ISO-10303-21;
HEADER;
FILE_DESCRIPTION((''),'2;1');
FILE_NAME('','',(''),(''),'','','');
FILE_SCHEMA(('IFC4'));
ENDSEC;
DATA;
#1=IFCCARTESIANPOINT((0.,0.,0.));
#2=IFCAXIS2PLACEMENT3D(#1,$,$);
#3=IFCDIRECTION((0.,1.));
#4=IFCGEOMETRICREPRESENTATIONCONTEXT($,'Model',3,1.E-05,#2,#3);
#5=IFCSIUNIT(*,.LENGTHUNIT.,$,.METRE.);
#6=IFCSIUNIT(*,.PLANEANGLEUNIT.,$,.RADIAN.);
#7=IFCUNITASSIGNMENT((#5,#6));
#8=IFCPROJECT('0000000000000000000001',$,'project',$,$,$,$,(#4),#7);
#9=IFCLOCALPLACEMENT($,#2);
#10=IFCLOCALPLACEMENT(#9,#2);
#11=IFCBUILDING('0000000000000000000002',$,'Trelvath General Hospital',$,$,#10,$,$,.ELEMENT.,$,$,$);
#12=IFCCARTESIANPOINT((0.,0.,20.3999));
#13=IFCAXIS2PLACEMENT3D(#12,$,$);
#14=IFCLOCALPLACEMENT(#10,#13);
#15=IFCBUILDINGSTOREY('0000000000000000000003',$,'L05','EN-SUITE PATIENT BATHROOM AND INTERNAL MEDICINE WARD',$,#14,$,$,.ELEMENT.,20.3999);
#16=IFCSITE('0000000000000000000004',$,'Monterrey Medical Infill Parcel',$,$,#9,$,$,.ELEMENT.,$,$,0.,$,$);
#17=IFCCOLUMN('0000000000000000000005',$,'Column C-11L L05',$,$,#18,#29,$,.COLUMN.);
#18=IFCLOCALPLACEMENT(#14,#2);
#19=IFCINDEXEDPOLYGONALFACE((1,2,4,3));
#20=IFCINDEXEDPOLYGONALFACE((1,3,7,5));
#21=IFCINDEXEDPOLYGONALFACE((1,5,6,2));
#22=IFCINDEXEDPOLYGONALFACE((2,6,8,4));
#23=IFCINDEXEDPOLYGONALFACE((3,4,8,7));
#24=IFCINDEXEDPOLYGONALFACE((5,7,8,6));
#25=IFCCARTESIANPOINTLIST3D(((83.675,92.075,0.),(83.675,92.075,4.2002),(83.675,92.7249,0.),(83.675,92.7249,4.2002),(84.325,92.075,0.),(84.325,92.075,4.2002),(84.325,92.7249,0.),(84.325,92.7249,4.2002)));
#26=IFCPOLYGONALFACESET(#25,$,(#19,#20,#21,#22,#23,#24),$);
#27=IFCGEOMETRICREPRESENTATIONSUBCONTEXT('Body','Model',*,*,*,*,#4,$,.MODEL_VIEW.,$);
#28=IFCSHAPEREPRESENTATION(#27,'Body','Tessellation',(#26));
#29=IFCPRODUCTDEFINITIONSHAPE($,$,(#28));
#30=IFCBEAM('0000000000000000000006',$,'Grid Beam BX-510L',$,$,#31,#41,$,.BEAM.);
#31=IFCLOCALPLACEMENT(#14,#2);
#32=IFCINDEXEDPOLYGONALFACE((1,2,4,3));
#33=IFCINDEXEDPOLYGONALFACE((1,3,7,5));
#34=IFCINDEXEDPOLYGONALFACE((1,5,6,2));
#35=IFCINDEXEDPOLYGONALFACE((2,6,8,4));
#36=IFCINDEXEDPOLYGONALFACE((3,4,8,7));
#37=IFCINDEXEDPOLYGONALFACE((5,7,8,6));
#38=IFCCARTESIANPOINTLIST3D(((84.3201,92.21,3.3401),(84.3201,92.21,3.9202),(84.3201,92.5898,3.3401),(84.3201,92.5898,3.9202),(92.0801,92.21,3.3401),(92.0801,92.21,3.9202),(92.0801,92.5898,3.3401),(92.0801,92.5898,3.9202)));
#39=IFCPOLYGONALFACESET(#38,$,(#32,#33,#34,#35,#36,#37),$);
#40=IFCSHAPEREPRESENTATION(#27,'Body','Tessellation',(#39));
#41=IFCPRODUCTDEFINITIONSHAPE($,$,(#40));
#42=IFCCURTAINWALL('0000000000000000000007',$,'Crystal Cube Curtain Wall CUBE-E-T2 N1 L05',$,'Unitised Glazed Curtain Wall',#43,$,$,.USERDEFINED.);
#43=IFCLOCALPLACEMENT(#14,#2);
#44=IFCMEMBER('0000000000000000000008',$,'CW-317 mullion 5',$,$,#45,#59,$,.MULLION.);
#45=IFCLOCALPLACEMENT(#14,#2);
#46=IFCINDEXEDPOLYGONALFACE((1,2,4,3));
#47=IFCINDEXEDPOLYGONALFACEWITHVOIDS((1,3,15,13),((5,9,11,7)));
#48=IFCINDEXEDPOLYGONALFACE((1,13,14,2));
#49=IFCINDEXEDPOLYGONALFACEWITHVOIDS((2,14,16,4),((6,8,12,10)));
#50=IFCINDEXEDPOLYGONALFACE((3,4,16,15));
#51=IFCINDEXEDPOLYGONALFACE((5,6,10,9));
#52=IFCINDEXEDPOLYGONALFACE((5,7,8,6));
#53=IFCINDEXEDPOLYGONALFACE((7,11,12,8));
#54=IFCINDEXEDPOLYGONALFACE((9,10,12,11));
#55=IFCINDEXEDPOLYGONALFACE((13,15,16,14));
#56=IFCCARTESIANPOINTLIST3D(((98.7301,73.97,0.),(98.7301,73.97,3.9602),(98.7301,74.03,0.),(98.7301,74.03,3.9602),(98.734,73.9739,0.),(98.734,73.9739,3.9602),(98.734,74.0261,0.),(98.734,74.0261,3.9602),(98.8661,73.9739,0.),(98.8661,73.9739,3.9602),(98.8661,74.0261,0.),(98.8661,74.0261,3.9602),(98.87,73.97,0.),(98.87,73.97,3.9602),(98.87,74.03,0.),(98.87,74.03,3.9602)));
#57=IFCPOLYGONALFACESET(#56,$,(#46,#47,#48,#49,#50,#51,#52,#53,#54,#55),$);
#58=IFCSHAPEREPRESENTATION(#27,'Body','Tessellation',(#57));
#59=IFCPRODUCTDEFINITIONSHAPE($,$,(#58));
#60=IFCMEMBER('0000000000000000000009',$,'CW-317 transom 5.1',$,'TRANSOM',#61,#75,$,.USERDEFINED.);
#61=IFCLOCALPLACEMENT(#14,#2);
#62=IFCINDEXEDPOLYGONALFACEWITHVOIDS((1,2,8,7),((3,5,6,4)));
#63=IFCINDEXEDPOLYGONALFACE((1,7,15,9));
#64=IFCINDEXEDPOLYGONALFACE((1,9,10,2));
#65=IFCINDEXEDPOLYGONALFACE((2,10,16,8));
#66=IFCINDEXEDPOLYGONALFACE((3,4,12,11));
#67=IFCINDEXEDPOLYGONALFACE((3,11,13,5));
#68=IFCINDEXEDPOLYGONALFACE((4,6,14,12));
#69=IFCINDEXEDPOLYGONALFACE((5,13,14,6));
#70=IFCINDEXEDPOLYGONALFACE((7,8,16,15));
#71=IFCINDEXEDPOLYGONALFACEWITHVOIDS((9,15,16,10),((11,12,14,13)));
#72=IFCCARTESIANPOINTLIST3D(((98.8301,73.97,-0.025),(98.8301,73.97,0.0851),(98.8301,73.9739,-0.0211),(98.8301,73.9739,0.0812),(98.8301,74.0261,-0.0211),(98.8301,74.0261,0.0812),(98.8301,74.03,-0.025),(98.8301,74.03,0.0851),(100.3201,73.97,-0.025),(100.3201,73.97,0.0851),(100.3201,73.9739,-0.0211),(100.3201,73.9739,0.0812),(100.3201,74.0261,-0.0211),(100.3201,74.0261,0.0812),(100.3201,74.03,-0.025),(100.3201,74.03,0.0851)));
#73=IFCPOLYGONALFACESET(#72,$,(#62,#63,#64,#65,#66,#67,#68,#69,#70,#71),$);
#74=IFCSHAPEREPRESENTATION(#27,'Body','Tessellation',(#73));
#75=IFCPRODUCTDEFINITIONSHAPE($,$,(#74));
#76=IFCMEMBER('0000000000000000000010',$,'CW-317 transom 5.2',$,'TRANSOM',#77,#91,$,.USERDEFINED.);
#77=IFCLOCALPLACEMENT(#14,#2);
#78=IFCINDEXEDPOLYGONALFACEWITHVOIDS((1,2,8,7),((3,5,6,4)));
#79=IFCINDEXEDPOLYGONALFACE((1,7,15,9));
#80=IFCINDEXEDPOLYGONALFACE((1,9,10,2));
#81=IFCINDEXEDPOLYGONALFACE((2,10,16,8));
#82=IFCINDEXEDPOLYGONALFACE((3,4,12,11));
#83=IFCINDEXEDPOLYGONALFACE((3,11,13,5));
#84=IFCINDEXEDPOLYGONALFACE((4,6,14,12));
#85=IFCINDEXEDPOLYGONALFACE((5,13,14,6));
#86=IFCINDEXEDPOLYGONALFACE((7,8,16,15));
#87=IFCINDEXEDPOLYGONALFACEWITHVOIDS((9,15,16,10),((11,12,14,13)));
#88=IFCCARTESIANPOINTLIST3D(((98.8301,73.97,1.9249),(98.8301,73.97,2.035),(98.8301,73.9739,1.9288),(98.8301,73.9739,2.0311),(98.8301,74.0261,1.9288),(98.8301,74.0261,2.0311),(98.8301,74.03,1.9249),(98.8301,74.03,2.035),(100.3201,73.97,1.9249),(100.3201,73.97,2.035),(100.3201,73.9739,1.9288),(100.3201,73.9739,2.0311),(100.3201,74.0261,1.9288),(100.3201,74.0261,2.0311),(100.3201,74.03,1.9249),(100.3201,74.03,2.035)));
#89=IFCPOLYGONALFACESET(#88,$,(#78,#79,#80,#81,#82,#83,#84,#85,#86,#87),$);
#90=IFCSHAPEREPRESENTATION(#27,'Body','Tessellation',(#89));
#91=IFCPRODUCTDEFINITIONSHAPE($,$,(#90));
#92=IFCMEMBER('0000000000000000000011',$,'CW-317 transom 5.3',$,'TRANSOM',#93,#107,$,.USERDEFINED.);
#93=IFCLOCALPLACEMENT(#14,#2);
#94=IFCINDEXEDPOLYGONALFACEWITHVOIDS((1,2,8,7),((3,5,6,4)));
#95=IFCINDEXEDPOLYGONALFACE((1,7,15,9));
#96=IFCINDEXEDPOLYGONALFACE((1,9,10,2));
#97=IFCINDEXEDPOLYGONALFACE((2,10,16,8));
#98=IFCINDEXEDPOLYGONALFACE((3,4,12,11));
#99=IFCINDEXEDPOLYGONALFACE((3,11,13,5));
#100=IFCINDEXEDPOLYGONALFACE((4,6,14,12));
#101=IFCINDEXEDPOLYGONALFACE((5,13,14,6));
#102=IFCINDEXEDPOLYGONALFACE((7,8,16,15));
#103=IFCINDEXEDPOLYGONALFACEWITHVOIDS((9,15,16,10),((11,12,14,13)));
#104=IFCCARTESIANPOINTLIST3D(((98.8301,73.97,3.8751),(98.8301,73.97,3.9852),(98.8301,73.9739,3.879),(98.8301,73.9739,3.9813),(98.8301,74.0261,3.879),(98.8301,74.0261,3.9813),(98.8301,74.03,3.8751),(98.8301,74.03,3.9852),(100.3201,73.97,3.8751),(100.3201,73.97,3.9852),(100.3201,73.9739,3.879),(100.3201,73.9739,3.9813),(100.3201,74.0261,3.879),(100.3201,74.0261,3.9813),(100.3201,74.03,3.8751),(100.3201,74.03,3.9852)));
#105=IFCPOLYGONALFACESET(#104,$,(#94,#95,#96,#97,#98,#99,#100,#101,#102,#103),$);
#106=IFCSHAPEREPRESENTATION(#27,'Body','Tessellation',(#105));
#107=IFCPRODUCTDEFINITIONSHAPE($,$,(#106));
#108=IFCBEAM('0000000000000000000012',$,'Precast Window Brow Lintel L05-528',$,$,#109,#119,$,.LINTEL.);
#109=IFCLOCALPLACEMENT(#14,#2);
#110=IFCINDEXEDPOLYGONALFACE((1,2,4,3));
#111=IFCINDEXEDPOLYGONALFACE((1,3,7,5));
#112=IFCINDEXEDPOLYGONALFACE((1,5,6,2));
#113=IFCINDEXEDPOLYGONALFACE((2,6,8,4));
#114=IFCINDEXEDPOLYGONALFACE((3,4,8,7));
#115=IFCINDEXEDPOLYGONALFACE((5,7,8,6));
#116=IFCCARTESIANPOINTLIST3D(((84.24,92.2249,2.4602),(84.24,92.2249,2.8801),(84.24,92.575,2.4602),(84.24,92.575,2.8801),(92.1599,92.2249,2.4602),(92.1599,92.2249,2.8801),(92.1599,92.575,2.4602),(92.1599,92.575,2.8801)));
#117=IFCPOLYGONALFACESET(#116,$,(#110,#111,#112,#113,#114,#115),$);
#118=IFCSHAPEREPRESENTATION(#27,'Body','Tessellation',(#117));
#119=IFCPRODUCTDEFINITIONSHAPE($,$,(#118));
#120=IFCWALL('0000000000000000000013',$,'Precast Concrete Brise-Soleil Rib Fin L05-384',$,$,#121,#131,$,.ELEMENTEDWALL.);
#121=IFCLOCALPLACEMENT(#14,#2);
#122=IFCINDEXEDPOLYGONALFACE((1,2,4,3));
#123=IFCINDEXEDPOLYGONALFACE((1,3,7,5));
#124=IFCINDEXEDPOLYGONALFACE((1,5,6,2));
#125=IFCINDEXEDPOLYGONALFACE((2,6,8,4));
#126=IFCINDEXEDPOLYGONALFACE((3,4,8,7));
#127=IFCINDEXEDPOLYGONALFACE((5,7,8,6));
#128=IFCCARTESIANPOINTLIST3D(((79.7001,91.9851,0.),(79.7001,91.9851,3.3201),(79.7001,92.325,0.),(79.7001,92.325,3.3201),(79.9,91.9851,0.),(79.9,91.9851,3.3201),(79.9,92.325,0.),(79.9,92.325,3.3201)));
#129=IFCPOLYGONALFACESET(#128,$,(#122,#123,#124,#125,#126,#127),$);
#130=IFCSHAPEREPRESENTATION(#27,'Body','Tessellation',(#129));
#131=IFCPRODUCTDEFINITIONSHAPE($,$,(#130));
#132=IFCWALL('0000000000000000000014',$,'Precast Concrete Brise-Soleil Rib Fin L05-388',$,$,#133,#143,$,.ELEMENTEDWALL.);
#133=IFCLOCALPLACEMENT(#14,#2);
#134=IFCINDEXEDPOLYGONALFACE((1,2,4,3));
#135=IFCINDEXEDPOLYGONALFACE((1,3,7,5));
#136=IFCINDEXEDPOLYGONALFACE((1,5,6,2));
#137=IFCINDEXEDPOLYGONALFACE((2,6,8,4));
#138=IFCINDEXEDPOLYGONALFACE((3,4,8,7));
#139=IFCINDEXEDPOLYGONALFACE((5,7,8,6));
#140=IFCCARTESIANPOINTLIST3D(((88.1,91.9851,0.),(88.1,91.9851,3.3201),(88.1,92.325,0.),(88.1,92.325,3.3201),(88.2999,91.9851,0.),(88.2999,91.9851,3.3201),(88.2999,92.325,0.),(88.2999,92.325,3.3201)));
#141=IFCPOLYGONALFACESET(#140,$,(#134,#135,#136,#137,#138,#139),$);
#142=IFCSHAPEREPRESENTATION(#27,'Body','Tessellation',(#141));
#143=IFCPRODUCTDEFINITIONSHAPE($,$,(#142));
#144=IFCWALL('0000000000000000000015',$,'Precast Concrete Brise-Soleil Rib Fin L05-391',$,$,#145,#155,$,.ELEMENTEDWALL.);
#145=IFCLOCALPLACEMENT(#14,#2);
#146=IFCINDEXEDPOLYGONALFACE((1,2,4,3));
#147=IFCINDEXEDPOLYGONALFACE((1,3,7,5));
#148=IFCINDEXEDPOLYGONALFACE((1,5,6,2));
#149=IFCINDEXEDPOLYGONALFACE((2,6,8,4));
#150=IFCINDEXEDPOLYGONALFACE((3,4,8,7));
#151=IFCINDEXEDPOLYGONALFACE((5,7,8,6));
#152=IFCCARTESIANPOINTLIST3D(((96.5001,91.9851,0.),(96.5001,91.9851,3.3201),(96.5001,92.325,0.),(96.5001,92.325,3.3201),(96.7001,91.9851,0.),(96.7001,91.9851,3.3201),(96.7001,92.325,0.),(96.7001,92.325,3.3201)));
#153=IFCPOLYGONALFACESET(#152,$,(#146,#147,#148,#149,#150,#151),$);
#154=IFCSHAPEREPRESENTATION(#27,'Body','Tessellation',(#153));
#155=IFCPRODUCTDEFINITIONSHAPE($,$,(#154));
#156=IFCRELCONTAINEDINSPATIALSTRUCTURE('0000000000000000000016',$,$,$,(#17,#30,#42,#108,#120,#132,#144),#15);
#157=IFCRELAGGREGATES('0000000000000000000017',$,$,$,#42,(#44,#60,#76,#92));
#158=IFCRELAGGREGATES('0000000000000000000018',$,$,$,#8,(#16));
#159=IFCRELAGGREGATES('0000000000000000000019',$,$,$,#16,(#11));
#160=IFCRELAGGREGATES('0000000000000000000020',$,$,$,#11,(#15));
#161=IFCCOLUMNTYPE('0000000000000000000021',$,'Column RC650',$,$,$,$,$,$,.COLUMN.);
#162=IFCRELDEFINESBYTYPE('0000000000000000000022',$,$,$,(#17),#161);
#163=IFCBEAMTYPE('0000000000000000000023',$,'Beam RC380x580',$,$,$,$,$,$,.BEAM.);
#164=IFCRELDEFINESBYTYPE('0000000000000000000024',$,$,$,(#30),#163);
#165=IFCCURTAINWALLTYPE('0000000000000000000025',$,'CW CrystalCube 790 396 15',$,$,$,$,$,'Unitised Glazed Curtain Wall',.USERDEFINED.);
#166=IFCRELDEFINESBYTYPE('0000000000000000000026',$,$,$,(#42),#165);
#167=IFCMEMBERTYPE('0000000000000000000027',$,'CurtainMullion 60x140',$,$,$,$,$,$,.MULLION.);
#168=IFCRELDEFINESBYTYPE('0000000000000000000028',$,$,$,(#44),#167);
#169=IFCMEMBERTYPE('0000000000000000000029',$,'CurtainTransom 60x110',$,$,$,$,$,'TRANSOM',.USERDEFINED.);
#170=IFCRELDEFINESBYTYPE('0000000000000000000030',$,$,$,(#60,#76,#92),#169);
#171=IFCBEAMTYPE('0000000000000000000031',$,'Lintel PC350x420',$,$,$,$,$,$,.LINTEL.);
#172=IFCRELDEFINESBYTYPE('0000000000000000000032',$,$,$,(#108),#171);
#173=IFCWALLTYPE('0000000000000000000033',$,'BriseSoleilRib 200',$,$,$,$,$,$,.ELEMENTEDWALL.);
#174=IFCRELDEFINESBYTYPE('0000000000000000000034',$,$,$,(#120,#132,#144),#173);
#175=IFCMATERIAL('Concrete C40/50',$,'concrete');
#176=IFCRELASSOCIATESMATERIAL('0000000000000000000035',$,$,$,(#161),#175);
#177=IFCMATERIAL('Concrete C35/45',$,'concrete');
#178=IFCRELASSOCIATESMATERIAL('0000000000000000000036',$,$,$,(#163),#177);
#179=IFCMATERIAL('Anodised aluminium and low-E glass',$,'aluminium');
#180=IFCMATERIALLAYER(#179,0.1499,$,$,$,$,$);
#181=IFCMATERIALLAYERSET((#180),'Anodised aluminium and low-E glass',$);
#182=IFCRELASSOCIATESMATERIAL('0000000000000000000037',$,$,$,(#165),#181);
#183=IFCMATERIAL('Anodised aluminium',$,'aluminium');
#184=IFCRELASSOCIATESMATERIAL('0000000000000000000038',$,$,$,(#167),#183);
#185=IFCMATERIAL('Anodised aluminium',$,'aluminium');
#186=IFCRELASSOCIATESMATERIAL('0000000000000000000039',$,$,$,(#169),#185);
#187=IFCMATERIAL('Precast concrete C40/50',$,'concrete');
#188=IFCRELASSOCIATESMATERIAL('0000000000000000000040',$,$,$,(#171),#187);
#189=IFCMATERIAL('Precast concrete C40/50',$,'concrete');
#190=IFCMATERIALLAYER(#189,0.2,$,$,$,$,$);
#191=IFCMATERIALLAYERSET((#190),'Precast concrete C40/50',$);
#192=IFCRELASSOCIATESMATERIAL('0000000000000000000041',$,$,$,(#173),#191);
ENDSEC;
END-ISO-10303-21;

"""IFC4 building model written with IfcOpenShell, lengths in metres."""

from ifc_helpers import new_model, si_unit, direction, frame, frame_2d, origin, origin_2d, place, context, subcontext, project, spatial, rectangle, hollow_rectangle, extrude, material, layer, layer_set, material_profile, profile_set, type_object, element, aggregate, save


model = new_model("IFC4")

# Units and contexts
model_context = context("Model", 3, precision=1e-05, world=origin(), true_north=direction((0.0, 1.0)))
body_context = subcontext(model_context, "Body", "Model", "MODEL_VIEW")
ifc_project = project(units=[si_unit("LENGTHUNIT", "METRE"), si_unit("PLANEANGLEUNIT", "RADIAN")], contexts=[model_context])

# Site, building, storey
site_placement = place(None, origin())
site = spatial("IfcSite", under=ifc_project, at=site_placement, Name="Monterrey Medical Infill Parcel", CompositionType="ELEMENT", RefElevation=0.0)
building_placement = place(site_placement, origin())
building = spatial("IfcBuilding", under=site, at=building_placement, Name="Trelvath General Hospital", CompositionType="ELEMENT")
storey_placement = place(building_placement, frame((0.0, 0.0, 20.3999)))
storey = spatial("IfcBuildingStorey", under=building, at=storey_placement, Name="L05", Description="EN-SUITE PATIENT BATHROOM AND INTERNAL MEDICINE WARD", CompositionType="ELEMENT", Elevation=20.3999)

# Column
ifc_material_1 = material(Name="Concrete C40/50", Category="concrete")
ifc_material_profile_1 = material_profile(ifc_material_1, rectangle(XDim=0.6499, YDim=0.6499, at=origin_2d()), Name="RC650x650")
ifc_profile_set_1 = profile_set([ifc_material_profile_1], Name="Concrete C40/50")
column_type = type_object("IfcColumnType", Name="Column RC650", PredefinedType="COLUMN", material=ifc_profile_set_1)
column_placement = place(storey_placement, frame((84.0, 92.3999, 0.0), z_axis=(0.0, 0.0, 1.0), x_axis=(1.0, 0.0, 0.0)))
element("IfcColumn", 1, at=column_placement, inside=storey, type_object=column_type, Name="Column C-11L L05", PredefinedType="COLUMN", context=body_context, shape_type="SweptSolid", body=[
    extrude(rectangle(XDim=0.6499, YDim=0.6499, at=origin_2d()), origin(), (0.0, 0.0, 1.0), 4.2002),
])

# Beam
ifc_material_2 = material(Name="Concrete C35/45", Category="concrete")
ifc_material_profile_2 = material_profile(ifc_material_2, rectangle(XDim=0.3799, YDim=0.5801, at=origin_2d()), Name="RCB380x580")
ifc_profile_set_2 = profile_set([ifc_material_profile_2], Name="Concrete C35/45")
beam_type_1 = type_object("IfcBeamType", Name="Beam RC380x580", PredefinedType="BEAM", material=ifc_profile_set_2)
beam_1_placement = place(storey_placement, frame((84.3201, 92.3999, 3.6301), z_axis=(1.0, 0.0, 0.0), x_axis=(0.0, 1.0, 0.0)))
element("IfcBeam", 2, at=beam_1_placement, inside=storey, type_object=beam_type_1, Name="Grid Beam BX-510L", PredefinedType="BEAM", context=body_context, shape_type="SweptSolid", body=[
    extrude(rectangle(XDim=0.3799, YDim=0.5801, at=origin_2d()), origin(), (0.0, 0.0, 1.0), 7.76),
])

# Curtain wall, members
ifc_material_3 = material(Name="Anodised aluminium and low-E glass", Category="aluminium")
ifc_layer_1 = layer(ifc_material_3, 0.1499)
ifc_layer_set_1 = layer_set([ifc_layer_1], Name="Anodised aluminium and low-E glass")
curtain_wall_type = type_object("IfcCurtainWallType", Name="CW CrystalCube 790 396 15", ElementType="Unitised Glazed Curtain Wall", PredefinedType="USERDEFINED", material=ifc_layer_set_1)
curtain_wall_placement = place(storey_placement, origin())
curtain_wall = element("IfcCurtainWall", 3, at=curtain_wall_placement, inside=storey, type_object=curtain_wall_type, Name="Crystal Cube Curtain Wall CUBE-E-T2 N1 L05", ObjectType="Unitised Glazed Curtain Wall", PredefinedType="USERDEFINED")
ifc_material_4 = material(Name="Anodised aluminium", Category="aluminium")
ifc_material_profile_3 = material_profile(ifc_material_4, hollow_rectangle(XDim=0.0601, YDim=0.1399, WallThickness=0.0039, at=origin_2d()), Name="RHS60x140x4")
ifc_profile_set_3 = profile_set([ifc_material_profile_3], Name="Anodised aluminium")
member_type_1 = type_object("IfcMemberType", Name="CurtainMullion 60x140", PredefinedType="MULLION", material=ifc_profile_set_3)
member_1_placement = place(storey_placement, frame((98.8, 74.0, 0.0), z_axis=(0.0, 0.0, 1.0), x_axis=(0.0, 1.0, 0.0)))
member_1 = element("IfcMember", 4, at=member_1_placement, type_object=member_type_1, Name="CW-317 mullion 5", PredefinedType="MULLION", context=body_context, shape_type="SweptSolid", body=[
    extrude(hollow_rectangle(XDim=0.0601, YDim=0.1399, WallThickness=0.0039, at=origin_2d()), origin(), (0.0, 0.0, 1.0), 3.9602),
])
ifc_material_5 = material(Name="Anodised aluminium", Category="aluminium")
ifc_material_profile_4 = material_profile(ifc_material_5, hollow_rectangle(XDim=0.0601, YDim=0.1101, WallThickness=0.0039, at=origin_2d()), Name="RHS60x110x4")
ifc_profile_set_4 = profile_set([ifc_material_profile_4], Name="Anodised aluminium")
member_type_2 = type_object("IfcMemberType", Name="CurtainTransom 60x110", ElementType="TRANSOM", PredefinedType="USERDEFINED", material=ifc_profile_set_4)
member_2_placement = place(storey_placement, frame((98.8301, 74.0, 0.03), z_axis=(1.0, 0.0, 0.0), x_axis=(0.0, 1.0, 0.0)))
member_2 = element("IfcMember", 5, at=member_2_placement, type_object=member_type_2, Name="CW-317 transom 5.1", ObjectType="TRANSOM", PredefinedType="USERDEFINED", context=body_context, shape_type="SweptSolid", body=[
    extrude(hollow_rectangle(XDim=0.0601, YDim=0.1101, WallThickness=0.0039, at=origin_2d()), origin(), (0.0, 0.0, 1.0), 1.49),
])
member_3_placement = place(storey_placement, frame((98.8301, 74.0, 1.98), z_axis=(1.0, 0.0, 0.0), x_axis=(0.0, 1.0, 0.0)))
member_3 = element("IfcMember", 6, at=member_3_placement, type_object=member_type_2, Name="CW-317 transom 5.2", ObjectType="TRANSOM", PredefinedType="USERDEFINED", context=body_context, shape_type="SweptSolid", body=[
    extrude(hollow_rectangle(XDim=0.0601, YDim=0.1101, WallThickness=0.0039, at=origin_2d()), origin(), (0.0, 0.0, 1.0), 1.49),
])
member_4_placement = place(storey_placement, frame((98.8301, 74.0, 3.9302), z_axis=(1.0, 0.0, 0.0), x_axis=(0.0, 1.0, 0.0)))
member_4 = element("IfcMember", 7, at=member_4_placement, type_object=member_type_2, Name="CW-317 transom 5.3", ObjectType="TRANSOM", PredefinedType="USERDEFINED", context=body_context, shape_type="SweptSolid", body=[
    extrude(hollow_rectangle(XDim=0.0601, YDim=0.1101, WallThickness=0.0039, at=origin_2d()), origin(), (0.0, 0.0, 1.0), 1.49),
])
aggregate(curtain_wall, [member_1, member_2, member_3, member_4])

# Beam
ifc_material_6 = material(Name="Precast concrete C40/50", Category="concrete")
ifc_material_profile_5 = material_profile(ifc_material_6, rectangle(XDim=0.3501, YDim=0.4199, at=origin_2d()), Name="PCL350x420")
ifc_profile_set_5 = profile_set([ifc_material_profile_5], Name="Precast concrete C40/50")
beam_type_2 = type_object("IfcBeamType", Name="Lintel PC350x420", PredefinedType="LINTEL", material=ifc_profile_set_5)
beam_2_placement = place(storey_placement, frame((92.1599, 92.3999, 2.6702), z_axis=(-1.0, 0.0, 0.0), x_axis=(0.0, -1.0, 0.0)))
element("IfcBeam", 8, at=beam_2_placement, inside=storey, type_object=beam_type_2, Name="Precast Window Brow Lintel L05-528", PredefinedType="LINTEL", context=body_context, shape_type="SweptSolid", body=[
    extrude(rectangle(XDim=0.3501, YDim=0.4199, at=origin_2d()), origin(), (0.0, 0.0, 1.0), 7.9199),
])

# Walls
ifc_material_7 = material(Name="Precast concrete C40/50", Category="concrete")
ifc_layer_2 = layer(ifc_material_7, 0.2)
ifc_layer_set_2 = layer_set([ifc_layer_2], Name="Precast concrete C40/50")
wall_type_1 = type_object("IfcWallType", Name="BriseSoleilRib 200", PredefinedType="ELEMENTEDWALL", material=ifc_layer_set_2)
for number, where, z_axis, x_axis, name in (
    (9, (79.8, 92.325, 0.0), (0.0, 0.0, 1.0), (0.0, -1.0, 0.0), "Precast Concrete Brise-Soleil Rib Fin L05-384"),
    (10, (88.2, 92.325, 0.0), (0.0, 0.0, 1.0), (0.0, -1.0, 0.0), "Precast Concrete Brise-Soleil Rib Fin L05-388"),
    (11, (96.6001, 92.325, 0.0), (0.0, 0.0, 1.0), (0.0, -1.0, 0.0), "Precast Concrete Brise-Soleil Rib Fin L05-391"),
):
    element("IfcWall", number, at=place(storey_placement, frame(where, z_axis=z_axis, x_axis=x_axis)), inside=storey, type_object=wall_type_1, Name=name, PredefinedType="ELEMENTEDWALL", context=body_context, shape_type="SweptSolid", body=[
        extrude(rectangle(XDim=0.3398, YDim=0.2, at=frame_2d((0.1699, 0.0))), origin(), (0.0, 0.0, 1.0), 3.3201),
    ])

save(model, "model.ifc")
